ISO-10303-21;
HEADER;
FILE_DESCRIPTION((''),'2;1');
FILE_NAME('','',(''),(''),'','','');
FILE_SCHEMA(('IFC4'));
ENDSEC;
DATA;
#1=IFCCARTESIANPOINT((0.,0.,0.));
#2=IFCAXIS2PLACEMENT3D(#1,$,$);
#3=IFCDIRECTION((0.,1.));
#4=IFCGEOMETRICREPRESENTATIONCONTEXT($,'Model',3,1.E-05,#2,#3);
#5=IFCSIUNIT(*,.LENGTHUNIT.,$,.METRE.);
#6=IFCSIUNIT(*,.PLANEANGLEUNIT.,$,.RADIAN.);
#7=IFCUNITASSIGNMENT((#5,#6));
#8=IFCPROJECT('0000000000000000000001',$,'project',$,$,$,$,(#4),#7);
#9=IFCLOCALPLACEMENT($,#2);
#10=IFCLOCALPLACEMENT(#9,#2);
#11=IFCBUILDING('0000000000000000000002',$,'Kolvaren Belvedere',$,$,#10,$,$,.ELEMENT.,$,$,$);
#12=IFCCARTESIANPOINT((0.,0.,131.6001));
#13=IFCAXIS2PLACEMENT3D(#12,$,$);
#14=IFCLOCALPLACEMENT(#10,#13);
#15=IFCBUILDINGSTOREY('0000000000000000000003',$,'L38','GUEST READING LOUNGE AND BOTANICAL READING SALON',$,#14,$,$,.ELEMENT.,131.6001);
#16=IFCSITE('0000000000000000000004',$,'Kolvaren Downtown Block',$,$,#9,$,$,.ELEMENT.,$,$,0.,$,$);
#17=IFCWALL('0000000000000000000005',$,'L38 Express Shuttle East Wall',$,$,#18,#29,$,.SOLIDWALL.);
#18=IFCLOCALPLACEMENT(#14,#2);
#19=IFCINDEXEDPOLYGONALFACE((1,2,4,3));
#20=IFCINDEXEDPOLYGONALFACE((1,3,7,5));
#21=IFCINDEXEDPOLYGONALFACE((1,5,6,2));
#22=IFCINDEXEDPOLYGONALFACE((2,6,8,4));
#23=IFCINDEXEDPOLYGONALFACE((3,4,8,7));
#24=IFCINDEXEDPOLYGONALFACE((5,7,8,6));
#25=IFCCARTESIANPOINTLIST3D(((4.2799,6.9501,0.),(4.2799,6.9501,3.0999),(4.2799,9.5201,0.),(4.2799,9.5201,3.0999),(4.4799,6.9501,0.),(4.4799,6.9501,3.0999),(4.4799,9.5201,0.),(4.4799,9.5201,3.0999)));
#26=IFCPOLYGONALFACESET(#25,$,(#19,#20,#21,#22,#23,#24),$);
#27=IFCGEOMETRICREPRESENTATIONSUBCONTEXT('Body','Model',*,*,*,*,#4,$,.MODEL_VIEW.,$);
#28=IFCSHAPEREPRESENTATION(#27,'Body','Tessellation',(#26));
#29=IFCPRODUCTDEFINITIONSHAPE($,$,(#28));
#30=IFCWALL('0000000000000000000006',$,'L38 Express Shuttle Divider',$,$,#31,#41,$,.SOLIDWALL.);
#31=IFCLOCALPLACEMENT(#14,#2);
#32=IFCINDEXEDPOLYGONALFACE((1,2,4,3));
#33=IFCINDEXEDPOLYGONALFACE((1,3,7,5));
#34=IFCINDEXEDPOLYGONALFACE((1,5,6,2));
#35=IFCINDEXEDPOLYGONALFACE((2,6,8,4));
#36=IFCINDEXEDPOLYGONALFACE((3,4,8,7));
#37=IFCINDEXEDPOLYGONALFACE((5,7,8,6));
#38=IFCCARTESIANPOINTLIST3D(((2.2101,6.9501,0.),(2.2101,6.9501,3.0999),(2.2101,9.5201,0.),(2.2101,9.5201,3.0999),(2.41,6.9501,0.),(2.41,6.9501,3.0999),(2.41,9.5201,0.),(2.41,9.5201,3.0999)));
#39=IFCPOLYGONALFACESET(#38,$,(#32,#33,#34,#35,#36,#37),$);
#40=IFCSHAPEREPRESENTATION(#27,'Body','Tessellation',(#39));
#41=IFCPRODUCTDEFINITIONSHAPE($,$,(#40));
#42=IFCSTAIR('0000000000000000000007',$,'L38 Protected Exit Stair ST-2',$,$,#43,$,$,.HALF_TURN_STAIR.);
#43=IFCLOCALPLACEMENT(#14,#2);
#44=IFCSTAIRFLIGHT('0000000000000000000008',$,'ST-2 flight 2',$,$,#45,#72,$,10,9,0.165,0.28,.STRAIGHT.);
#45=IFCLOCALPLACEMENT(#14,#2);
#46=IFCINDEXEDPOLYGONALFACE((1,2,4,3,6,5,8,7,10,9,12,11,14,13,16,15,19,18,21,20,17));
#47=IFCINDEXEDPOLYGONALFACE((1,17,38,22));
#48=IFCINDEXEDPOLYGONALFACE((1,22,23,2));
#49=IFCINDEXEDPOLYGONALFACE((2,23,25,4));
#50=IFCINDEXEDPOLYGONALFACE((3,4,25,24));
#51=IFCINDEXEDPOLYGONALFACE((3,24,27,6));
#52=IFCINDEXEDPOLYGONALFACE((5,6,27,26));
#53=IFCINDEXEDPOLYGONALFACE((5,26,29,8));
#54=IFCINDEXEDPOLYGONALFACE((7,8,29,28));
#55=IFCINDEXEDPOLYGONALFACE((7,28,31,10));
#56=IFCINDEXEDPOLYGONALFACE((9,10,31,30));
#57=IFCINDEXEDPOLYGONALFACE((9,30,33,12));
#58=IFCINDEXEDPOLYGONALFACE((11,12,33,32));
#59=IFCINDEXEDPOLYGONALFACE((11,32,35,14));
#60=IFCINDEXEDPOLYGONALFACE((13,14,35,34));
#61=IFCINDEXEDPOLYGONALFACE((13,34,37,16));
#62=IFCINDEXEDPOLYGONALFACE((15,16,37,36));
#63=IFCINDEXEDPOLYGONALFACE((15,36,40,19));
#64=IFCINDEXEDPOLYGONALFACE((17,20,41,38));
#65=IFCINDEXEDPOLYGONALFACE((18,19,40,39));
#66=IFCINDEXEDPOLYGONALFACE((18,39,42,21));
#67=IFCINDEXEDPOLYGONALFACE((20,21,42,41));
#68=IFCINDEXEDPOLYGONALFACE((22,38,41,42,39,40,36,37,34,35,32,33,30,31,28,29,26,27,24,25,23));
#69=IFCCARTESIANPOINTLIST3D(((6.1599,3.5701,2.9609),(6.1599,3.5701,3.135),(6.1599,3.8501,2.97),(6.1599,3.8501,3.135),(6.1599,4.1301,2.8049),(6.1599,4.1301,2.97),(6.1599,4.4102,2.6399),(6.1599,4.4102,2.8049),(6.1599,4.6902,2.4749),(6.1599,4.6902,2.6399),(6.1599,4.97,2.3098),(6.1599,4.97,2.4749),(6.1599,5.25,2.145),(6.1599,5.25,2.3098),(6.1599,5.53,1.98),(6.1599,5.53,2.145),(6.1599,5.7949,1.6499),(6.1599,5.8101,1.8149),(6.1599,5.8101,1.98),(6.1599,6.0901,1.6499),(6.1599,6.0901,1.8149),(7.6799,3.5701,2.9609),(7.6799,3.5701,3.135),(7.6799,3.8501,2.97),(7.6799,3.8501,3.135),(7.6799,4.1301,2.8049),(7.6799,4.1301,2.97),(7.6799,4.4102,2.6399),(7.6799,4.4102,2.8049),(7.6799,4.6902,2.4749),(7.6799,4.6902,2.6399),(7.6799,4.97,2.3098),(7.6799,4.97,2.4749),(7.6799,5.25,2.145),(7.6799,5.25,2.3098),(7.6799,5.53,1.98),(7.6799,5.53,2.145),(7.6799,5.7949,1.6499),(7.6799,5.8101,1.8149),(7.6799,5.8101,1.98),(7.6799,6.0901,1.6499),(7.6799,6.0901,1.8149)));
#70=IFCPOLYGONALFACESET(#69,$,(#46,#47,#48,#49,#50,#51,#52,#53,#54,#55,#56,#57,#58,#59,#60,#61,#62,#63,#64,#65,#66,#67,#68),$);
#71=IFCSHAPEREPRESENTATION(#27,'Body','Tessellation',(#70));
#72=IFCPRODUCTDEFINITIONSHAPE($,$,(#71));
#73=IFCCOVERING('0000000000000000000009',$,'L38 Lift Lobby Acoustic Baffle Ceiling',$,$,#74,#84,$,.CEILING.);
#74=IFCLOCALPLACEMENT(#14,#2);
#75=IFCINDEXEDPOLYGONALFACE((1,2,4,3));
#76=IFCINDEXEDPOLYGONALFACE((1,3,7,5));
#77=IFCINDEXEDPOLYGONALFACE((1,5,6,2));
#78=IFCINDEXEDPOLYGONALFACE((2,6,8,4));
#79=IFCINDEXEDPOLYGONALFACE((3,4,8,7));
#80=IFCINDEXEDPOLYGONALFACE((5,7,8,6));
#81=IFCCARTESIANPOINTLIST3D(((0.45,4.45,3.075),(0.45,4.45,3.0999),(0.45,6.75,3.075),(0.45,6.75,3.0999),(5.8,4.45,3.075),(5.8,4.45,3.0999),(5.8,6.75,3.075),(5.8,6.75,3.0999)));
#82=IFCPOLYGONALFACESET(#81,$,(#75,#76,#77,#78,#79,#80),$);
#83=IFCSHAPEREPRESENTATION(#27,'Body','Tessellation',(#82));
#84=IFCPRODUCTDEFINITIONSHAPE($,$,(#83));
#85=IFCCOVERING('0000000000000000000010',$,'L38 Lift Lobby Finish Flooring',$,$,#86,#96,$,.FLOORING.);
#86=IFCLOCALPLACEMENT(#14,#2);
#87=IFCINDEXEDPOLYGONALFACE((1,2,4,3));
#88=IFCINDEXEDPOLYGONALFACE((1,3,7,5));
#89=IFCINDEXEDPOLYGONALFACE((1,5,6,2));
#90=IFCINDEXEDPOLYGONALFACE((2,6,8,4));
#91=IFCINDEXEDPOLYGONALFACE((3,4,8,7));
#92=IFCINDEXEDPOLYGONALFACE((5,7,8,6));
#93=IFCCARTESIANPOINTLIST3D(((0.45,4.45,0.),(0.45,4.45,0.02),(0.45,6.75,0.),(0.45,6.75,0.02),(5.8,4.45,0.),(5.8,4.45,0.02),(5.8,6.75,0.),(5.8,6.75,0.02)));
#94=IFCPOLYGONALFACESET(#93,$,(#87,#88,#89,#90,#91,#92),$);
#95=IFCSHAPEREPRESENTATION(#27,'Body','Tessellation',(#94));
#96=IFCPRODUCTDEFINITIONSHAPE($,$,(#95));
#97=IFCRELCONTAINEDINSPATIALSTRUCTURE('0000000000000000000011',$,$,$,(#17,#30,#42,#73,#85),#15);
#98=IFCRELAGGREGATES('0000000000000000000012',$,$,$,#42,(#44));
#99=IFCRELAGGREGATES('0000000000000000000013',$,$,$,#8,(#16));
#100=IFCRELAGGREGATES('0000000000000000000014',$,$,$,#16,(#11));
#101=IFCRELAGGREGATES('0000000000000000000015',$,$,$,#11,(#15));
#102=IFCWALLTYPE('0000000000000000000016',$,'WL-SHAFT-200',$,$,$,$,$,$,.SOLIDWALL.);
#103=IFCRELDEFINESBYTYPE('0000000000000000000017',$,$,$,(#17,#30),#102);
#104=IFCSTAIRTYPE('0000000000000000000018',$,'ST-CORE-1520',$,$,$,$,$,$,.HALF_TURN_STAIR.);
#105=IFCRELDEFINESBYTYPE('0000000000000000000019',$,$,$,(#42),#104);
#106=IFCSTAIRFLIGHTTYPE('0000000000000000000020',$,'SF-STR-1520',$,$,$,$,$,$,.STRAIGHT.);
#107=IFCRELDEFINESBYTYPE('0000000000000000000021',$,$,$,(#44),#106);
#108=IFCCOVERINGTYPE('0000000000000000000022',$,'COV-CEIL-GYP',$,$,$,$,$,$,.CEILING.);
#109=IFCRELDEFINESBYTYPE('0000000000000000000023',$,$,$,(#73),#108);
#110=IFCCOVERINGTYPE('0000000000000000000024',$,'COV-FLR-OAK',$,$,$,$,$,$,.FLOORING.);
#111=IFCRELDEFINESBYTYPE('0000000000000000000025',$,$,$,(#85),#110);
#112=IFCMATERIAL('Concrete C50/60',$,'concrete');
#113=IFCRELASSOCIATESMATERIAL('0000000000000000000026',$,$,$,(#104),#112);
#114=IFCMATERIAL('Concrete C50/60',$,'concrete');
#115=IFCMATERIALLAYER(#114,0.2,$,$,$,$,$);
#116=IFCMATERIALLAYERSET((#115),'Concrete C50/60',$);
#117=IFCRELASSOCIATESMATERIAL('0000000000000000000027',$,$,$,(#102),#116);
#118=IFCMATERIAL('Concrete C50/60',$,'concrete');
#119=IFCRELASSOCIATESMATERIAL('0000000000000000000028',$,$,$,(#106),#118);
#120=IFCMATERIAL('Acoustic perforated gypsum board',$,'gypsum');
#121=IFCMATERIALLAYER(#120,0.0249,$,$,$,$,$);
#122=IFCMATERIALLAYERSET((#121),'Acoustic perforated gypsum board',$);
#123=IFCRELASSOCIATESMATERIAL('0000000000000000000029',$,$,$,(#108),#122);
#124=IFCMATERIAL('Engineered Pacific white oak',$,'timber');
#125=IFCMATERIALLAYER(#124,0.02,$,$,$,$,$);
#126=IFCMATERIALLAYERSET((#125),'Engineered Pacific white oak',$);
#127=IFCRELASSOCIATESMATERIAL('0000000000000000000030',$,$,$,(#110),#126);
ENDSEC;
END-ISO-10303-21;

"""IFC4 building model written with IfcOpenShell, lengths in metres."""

from ifc_helpers import new_model, si_unit, direction, frame, frame_2d, origin, place, context, subcontext, project, spatial, polyline, rectangle, outline, extrude, material, layer, layer_set, type_object, element, aggregate, save


model = new_model("IFC4")

# Units and contexts
model_context = context("Model", 3, precision=1e-05, world=origin(), true_north=direction((0.0, 1.0)))
body_context = subcontext(model_context, "Body", "Model", "MODEL_VIEW")
ifc_project = project(units=[si_unit("LENGTHUNIT", "METRE"), si_unit("PLANEANGLEUNIT", "RADIAN")], contexts=[model_context])

# Site, building, storey
site_placement = place(None, origin())
site = spatial("IfcSite", under=ifc_project, at=site_placement, Name="Kolvaren Downtown Block", CompositionType="ELEMENT", RefElevation=0.0)
building_placement = place(site_placement, origin())
building = spatial("IfcBuilding", under=site, at=building_placement, Name="Kolvaren Belvedere", CompositionType="ELEMENT")
storey_placement = place(building_placement, frame((0.0, 0.0, 131.6001)))
storey = spatial("IfcBuildingStorey", under=building, at=storey_placement, Name="L38", Description="GUEST READING LOUNGE AND BOTANICAL READING SALON", CompositionType="ELEMENT", Elevation=131.6001)

# Shared definitions
ifc_material_1 = material(Name="Concrete C50/60", Category="concrete")
stair_type = type_object("IfcStairType", Name="ST-CORE-1520", PredefinedType="HALF_TURN_STAIR", material=ifc_material_1)

# Shared definitions
ifc_material_2 = material(Name="Concrete C50/60", Category="concrete")
ifc_layer_1 = layer(ifc_material_2, 0.2)
ifc_layer_set_1 = layer_set([ifc_layer_1], Name="Concrete C50/60")
wall_type_1 = type_object("IfcWallType", Name="WL-SHAFT-200", PredefinedType="SOLIDWALL", material=ifc_layer_set_1)

# Walls
for number, where, z_axis, x_axis, name in (
    (1, (4.3799, 6.95, 0.0), (0.0, 0.0, 1.0), (0.0, 1.0, 0.0), "L38 Express Shuttle East Wall"),
    (2, (2.3101, 6.95, 0.0), (0.0, 0.0, 1.0), (0.0, 1.0, 0.0), "L38 Express Shuttle Divider"),
):
    element("IfcWall", number, at=place(storey_placement, frame(where, z_axis=z_axis, x_axis=x_axis)), inside=storey, type_object=wall_type_1, Name=name, PredefinedType="SOLIDWALL", context=body_context, shape_type="SweptSolid", body=[
        extrude(rectangle(XDim=2.5701, YDim=0.2, at=frame_2d((1.2852, 0.0))), origin(), (0.0, 0.0, 1.0), 3.0999),
    ])

# Stair, stair flight
stair_1_placement = place(storey_placement, origin())
stair_1 = element("IfcStair", 3, at=stair_1_placement, inside=storey, type_object=stair_type, Name="L38 Protected Exit Stair ST-2", PredefinedType="HALF_TURN_STAIR")
ifc_material_3 = material(Name="Concrete C50/60", Category="concrete")
stair_flight_type = type_object("IfcStairFlightType", Name="SF-STR-1520", PredefinedType="STRAIGHT", material=ifc_material_3)
stair_flight_placement = place(storey_placement, frame((6.9199, 6.0901, 1.6499), z_axis=(0.0, 0.0, 1.0), x_axis=(0.0, -1.0, 0.0)))
stair_flight = element("IfcStairFlight", 4, at=stair_flight_placement, type_object=stair_flight_type, Name="ST-2 flight 2", NumberOfRisers=10, NumberOfTreads=9, PredefinedType="STRAIGHT", RiserHeight=0.165, TreadLength=0.28, context=body_context, shape_type="SweptSolid", body=[
    extrude(outline(polyline([(0.0, 0.0), (0.0, 0.165), (0.28, 0.165), (0.28, 0.3301), (0.5601, 0.3301), (0.5601, 0.4951), (0.8401, 0.4951), (0.8401, 0.6599), (1.1201, 0.6599), (1.1201, 0.825), (1.3999, 0.825), (1.3999, 0.99), (1.6799, 0.99), (1.6799, 1.155), (1.96, 1.155), (1.96, 1.3201), (2.24, 1.3201), (2.24, 1.4851), (2.52, 1.4851), (2.52, 1.6499), (2.52, 1.311), (0.2952, 0.0), (0.0, 0.0)])), frame((0.0, 0.76, 0.0), z_axis=(0.0, -1.0, 0.0), x_axis=(1.0, 0.0, 0.0)), (0.0, 0.0, 1.0), 1.52),
])
aggregate(stair_1, [stair_flight])

# Coverings
ifc_material_4 = material(Name="Acoustic perforated gypsum board", Category="gypsum")
ifc_layer_2 = layer(ifc_material_4, 0.0249)
ifc_layer_set_2 = layer_set([ifc_layer_2], Name="Acoustic perforated gypsum board")
covering_type_1 = type_object("IfcCoveringType", Name="COV-CEIL-GYP", PredefinedType="CEILING", material=ifc_layer_set_2)
covering_1_placement = place(storey_placement, frame((0.0, 0.0, 3.075)))
element("IfcCovering", 5, at=covering_1_placement, inside=storey, type_object=covering_type_1, Name="L38 Lift Lobby Acoustic Baffle Ceiling", PredefinedType="CEILING", context=body_context, shape_type="SweptSolid", body=[
    extrude(outline(polyline([(0.45, 4.45), (5.8, 4.45), (5.8, 6.75), (0.45, 6.75), (0.45, 4.45)])), origin(), (0.0, 0.0, 1.0), 0.0249),
])
ifc_material_5 = material(Name="Engineered Pacific white oak", Category="timber")
ifc_layer_3 = layer(ifc_material_5, 0.02)
ifc_layer_set_3 = layer_set([ifc_layer_3], Name="Engineered Pacific white oak")
covering_type_2 = type_object("IfcCoveringType", Name="COV-FLR-OAK", PredefinedType="FLOORING", material=ifc_layer_set_3)
covering_2_placement = place(storey_placement, origin())
element("IfcCovering", 6, at=covering_2_placement, inside=storey, type_object=covering_type_2, Name="L38 Lift Lobby Finish Flooring", PredefinedType="FLOORING", context=body_context, shape_type="SweptSolid", body=[
    extrude(outline(polyline([(0.45, 4.45), (5.8, 4.45), (5.8, 6.75), (0.45, 6.75), (0.45, 4.45)])), origin(), (0.0, 0.0, 1.0), 0.02),
])

save(model, "model.ifc")
